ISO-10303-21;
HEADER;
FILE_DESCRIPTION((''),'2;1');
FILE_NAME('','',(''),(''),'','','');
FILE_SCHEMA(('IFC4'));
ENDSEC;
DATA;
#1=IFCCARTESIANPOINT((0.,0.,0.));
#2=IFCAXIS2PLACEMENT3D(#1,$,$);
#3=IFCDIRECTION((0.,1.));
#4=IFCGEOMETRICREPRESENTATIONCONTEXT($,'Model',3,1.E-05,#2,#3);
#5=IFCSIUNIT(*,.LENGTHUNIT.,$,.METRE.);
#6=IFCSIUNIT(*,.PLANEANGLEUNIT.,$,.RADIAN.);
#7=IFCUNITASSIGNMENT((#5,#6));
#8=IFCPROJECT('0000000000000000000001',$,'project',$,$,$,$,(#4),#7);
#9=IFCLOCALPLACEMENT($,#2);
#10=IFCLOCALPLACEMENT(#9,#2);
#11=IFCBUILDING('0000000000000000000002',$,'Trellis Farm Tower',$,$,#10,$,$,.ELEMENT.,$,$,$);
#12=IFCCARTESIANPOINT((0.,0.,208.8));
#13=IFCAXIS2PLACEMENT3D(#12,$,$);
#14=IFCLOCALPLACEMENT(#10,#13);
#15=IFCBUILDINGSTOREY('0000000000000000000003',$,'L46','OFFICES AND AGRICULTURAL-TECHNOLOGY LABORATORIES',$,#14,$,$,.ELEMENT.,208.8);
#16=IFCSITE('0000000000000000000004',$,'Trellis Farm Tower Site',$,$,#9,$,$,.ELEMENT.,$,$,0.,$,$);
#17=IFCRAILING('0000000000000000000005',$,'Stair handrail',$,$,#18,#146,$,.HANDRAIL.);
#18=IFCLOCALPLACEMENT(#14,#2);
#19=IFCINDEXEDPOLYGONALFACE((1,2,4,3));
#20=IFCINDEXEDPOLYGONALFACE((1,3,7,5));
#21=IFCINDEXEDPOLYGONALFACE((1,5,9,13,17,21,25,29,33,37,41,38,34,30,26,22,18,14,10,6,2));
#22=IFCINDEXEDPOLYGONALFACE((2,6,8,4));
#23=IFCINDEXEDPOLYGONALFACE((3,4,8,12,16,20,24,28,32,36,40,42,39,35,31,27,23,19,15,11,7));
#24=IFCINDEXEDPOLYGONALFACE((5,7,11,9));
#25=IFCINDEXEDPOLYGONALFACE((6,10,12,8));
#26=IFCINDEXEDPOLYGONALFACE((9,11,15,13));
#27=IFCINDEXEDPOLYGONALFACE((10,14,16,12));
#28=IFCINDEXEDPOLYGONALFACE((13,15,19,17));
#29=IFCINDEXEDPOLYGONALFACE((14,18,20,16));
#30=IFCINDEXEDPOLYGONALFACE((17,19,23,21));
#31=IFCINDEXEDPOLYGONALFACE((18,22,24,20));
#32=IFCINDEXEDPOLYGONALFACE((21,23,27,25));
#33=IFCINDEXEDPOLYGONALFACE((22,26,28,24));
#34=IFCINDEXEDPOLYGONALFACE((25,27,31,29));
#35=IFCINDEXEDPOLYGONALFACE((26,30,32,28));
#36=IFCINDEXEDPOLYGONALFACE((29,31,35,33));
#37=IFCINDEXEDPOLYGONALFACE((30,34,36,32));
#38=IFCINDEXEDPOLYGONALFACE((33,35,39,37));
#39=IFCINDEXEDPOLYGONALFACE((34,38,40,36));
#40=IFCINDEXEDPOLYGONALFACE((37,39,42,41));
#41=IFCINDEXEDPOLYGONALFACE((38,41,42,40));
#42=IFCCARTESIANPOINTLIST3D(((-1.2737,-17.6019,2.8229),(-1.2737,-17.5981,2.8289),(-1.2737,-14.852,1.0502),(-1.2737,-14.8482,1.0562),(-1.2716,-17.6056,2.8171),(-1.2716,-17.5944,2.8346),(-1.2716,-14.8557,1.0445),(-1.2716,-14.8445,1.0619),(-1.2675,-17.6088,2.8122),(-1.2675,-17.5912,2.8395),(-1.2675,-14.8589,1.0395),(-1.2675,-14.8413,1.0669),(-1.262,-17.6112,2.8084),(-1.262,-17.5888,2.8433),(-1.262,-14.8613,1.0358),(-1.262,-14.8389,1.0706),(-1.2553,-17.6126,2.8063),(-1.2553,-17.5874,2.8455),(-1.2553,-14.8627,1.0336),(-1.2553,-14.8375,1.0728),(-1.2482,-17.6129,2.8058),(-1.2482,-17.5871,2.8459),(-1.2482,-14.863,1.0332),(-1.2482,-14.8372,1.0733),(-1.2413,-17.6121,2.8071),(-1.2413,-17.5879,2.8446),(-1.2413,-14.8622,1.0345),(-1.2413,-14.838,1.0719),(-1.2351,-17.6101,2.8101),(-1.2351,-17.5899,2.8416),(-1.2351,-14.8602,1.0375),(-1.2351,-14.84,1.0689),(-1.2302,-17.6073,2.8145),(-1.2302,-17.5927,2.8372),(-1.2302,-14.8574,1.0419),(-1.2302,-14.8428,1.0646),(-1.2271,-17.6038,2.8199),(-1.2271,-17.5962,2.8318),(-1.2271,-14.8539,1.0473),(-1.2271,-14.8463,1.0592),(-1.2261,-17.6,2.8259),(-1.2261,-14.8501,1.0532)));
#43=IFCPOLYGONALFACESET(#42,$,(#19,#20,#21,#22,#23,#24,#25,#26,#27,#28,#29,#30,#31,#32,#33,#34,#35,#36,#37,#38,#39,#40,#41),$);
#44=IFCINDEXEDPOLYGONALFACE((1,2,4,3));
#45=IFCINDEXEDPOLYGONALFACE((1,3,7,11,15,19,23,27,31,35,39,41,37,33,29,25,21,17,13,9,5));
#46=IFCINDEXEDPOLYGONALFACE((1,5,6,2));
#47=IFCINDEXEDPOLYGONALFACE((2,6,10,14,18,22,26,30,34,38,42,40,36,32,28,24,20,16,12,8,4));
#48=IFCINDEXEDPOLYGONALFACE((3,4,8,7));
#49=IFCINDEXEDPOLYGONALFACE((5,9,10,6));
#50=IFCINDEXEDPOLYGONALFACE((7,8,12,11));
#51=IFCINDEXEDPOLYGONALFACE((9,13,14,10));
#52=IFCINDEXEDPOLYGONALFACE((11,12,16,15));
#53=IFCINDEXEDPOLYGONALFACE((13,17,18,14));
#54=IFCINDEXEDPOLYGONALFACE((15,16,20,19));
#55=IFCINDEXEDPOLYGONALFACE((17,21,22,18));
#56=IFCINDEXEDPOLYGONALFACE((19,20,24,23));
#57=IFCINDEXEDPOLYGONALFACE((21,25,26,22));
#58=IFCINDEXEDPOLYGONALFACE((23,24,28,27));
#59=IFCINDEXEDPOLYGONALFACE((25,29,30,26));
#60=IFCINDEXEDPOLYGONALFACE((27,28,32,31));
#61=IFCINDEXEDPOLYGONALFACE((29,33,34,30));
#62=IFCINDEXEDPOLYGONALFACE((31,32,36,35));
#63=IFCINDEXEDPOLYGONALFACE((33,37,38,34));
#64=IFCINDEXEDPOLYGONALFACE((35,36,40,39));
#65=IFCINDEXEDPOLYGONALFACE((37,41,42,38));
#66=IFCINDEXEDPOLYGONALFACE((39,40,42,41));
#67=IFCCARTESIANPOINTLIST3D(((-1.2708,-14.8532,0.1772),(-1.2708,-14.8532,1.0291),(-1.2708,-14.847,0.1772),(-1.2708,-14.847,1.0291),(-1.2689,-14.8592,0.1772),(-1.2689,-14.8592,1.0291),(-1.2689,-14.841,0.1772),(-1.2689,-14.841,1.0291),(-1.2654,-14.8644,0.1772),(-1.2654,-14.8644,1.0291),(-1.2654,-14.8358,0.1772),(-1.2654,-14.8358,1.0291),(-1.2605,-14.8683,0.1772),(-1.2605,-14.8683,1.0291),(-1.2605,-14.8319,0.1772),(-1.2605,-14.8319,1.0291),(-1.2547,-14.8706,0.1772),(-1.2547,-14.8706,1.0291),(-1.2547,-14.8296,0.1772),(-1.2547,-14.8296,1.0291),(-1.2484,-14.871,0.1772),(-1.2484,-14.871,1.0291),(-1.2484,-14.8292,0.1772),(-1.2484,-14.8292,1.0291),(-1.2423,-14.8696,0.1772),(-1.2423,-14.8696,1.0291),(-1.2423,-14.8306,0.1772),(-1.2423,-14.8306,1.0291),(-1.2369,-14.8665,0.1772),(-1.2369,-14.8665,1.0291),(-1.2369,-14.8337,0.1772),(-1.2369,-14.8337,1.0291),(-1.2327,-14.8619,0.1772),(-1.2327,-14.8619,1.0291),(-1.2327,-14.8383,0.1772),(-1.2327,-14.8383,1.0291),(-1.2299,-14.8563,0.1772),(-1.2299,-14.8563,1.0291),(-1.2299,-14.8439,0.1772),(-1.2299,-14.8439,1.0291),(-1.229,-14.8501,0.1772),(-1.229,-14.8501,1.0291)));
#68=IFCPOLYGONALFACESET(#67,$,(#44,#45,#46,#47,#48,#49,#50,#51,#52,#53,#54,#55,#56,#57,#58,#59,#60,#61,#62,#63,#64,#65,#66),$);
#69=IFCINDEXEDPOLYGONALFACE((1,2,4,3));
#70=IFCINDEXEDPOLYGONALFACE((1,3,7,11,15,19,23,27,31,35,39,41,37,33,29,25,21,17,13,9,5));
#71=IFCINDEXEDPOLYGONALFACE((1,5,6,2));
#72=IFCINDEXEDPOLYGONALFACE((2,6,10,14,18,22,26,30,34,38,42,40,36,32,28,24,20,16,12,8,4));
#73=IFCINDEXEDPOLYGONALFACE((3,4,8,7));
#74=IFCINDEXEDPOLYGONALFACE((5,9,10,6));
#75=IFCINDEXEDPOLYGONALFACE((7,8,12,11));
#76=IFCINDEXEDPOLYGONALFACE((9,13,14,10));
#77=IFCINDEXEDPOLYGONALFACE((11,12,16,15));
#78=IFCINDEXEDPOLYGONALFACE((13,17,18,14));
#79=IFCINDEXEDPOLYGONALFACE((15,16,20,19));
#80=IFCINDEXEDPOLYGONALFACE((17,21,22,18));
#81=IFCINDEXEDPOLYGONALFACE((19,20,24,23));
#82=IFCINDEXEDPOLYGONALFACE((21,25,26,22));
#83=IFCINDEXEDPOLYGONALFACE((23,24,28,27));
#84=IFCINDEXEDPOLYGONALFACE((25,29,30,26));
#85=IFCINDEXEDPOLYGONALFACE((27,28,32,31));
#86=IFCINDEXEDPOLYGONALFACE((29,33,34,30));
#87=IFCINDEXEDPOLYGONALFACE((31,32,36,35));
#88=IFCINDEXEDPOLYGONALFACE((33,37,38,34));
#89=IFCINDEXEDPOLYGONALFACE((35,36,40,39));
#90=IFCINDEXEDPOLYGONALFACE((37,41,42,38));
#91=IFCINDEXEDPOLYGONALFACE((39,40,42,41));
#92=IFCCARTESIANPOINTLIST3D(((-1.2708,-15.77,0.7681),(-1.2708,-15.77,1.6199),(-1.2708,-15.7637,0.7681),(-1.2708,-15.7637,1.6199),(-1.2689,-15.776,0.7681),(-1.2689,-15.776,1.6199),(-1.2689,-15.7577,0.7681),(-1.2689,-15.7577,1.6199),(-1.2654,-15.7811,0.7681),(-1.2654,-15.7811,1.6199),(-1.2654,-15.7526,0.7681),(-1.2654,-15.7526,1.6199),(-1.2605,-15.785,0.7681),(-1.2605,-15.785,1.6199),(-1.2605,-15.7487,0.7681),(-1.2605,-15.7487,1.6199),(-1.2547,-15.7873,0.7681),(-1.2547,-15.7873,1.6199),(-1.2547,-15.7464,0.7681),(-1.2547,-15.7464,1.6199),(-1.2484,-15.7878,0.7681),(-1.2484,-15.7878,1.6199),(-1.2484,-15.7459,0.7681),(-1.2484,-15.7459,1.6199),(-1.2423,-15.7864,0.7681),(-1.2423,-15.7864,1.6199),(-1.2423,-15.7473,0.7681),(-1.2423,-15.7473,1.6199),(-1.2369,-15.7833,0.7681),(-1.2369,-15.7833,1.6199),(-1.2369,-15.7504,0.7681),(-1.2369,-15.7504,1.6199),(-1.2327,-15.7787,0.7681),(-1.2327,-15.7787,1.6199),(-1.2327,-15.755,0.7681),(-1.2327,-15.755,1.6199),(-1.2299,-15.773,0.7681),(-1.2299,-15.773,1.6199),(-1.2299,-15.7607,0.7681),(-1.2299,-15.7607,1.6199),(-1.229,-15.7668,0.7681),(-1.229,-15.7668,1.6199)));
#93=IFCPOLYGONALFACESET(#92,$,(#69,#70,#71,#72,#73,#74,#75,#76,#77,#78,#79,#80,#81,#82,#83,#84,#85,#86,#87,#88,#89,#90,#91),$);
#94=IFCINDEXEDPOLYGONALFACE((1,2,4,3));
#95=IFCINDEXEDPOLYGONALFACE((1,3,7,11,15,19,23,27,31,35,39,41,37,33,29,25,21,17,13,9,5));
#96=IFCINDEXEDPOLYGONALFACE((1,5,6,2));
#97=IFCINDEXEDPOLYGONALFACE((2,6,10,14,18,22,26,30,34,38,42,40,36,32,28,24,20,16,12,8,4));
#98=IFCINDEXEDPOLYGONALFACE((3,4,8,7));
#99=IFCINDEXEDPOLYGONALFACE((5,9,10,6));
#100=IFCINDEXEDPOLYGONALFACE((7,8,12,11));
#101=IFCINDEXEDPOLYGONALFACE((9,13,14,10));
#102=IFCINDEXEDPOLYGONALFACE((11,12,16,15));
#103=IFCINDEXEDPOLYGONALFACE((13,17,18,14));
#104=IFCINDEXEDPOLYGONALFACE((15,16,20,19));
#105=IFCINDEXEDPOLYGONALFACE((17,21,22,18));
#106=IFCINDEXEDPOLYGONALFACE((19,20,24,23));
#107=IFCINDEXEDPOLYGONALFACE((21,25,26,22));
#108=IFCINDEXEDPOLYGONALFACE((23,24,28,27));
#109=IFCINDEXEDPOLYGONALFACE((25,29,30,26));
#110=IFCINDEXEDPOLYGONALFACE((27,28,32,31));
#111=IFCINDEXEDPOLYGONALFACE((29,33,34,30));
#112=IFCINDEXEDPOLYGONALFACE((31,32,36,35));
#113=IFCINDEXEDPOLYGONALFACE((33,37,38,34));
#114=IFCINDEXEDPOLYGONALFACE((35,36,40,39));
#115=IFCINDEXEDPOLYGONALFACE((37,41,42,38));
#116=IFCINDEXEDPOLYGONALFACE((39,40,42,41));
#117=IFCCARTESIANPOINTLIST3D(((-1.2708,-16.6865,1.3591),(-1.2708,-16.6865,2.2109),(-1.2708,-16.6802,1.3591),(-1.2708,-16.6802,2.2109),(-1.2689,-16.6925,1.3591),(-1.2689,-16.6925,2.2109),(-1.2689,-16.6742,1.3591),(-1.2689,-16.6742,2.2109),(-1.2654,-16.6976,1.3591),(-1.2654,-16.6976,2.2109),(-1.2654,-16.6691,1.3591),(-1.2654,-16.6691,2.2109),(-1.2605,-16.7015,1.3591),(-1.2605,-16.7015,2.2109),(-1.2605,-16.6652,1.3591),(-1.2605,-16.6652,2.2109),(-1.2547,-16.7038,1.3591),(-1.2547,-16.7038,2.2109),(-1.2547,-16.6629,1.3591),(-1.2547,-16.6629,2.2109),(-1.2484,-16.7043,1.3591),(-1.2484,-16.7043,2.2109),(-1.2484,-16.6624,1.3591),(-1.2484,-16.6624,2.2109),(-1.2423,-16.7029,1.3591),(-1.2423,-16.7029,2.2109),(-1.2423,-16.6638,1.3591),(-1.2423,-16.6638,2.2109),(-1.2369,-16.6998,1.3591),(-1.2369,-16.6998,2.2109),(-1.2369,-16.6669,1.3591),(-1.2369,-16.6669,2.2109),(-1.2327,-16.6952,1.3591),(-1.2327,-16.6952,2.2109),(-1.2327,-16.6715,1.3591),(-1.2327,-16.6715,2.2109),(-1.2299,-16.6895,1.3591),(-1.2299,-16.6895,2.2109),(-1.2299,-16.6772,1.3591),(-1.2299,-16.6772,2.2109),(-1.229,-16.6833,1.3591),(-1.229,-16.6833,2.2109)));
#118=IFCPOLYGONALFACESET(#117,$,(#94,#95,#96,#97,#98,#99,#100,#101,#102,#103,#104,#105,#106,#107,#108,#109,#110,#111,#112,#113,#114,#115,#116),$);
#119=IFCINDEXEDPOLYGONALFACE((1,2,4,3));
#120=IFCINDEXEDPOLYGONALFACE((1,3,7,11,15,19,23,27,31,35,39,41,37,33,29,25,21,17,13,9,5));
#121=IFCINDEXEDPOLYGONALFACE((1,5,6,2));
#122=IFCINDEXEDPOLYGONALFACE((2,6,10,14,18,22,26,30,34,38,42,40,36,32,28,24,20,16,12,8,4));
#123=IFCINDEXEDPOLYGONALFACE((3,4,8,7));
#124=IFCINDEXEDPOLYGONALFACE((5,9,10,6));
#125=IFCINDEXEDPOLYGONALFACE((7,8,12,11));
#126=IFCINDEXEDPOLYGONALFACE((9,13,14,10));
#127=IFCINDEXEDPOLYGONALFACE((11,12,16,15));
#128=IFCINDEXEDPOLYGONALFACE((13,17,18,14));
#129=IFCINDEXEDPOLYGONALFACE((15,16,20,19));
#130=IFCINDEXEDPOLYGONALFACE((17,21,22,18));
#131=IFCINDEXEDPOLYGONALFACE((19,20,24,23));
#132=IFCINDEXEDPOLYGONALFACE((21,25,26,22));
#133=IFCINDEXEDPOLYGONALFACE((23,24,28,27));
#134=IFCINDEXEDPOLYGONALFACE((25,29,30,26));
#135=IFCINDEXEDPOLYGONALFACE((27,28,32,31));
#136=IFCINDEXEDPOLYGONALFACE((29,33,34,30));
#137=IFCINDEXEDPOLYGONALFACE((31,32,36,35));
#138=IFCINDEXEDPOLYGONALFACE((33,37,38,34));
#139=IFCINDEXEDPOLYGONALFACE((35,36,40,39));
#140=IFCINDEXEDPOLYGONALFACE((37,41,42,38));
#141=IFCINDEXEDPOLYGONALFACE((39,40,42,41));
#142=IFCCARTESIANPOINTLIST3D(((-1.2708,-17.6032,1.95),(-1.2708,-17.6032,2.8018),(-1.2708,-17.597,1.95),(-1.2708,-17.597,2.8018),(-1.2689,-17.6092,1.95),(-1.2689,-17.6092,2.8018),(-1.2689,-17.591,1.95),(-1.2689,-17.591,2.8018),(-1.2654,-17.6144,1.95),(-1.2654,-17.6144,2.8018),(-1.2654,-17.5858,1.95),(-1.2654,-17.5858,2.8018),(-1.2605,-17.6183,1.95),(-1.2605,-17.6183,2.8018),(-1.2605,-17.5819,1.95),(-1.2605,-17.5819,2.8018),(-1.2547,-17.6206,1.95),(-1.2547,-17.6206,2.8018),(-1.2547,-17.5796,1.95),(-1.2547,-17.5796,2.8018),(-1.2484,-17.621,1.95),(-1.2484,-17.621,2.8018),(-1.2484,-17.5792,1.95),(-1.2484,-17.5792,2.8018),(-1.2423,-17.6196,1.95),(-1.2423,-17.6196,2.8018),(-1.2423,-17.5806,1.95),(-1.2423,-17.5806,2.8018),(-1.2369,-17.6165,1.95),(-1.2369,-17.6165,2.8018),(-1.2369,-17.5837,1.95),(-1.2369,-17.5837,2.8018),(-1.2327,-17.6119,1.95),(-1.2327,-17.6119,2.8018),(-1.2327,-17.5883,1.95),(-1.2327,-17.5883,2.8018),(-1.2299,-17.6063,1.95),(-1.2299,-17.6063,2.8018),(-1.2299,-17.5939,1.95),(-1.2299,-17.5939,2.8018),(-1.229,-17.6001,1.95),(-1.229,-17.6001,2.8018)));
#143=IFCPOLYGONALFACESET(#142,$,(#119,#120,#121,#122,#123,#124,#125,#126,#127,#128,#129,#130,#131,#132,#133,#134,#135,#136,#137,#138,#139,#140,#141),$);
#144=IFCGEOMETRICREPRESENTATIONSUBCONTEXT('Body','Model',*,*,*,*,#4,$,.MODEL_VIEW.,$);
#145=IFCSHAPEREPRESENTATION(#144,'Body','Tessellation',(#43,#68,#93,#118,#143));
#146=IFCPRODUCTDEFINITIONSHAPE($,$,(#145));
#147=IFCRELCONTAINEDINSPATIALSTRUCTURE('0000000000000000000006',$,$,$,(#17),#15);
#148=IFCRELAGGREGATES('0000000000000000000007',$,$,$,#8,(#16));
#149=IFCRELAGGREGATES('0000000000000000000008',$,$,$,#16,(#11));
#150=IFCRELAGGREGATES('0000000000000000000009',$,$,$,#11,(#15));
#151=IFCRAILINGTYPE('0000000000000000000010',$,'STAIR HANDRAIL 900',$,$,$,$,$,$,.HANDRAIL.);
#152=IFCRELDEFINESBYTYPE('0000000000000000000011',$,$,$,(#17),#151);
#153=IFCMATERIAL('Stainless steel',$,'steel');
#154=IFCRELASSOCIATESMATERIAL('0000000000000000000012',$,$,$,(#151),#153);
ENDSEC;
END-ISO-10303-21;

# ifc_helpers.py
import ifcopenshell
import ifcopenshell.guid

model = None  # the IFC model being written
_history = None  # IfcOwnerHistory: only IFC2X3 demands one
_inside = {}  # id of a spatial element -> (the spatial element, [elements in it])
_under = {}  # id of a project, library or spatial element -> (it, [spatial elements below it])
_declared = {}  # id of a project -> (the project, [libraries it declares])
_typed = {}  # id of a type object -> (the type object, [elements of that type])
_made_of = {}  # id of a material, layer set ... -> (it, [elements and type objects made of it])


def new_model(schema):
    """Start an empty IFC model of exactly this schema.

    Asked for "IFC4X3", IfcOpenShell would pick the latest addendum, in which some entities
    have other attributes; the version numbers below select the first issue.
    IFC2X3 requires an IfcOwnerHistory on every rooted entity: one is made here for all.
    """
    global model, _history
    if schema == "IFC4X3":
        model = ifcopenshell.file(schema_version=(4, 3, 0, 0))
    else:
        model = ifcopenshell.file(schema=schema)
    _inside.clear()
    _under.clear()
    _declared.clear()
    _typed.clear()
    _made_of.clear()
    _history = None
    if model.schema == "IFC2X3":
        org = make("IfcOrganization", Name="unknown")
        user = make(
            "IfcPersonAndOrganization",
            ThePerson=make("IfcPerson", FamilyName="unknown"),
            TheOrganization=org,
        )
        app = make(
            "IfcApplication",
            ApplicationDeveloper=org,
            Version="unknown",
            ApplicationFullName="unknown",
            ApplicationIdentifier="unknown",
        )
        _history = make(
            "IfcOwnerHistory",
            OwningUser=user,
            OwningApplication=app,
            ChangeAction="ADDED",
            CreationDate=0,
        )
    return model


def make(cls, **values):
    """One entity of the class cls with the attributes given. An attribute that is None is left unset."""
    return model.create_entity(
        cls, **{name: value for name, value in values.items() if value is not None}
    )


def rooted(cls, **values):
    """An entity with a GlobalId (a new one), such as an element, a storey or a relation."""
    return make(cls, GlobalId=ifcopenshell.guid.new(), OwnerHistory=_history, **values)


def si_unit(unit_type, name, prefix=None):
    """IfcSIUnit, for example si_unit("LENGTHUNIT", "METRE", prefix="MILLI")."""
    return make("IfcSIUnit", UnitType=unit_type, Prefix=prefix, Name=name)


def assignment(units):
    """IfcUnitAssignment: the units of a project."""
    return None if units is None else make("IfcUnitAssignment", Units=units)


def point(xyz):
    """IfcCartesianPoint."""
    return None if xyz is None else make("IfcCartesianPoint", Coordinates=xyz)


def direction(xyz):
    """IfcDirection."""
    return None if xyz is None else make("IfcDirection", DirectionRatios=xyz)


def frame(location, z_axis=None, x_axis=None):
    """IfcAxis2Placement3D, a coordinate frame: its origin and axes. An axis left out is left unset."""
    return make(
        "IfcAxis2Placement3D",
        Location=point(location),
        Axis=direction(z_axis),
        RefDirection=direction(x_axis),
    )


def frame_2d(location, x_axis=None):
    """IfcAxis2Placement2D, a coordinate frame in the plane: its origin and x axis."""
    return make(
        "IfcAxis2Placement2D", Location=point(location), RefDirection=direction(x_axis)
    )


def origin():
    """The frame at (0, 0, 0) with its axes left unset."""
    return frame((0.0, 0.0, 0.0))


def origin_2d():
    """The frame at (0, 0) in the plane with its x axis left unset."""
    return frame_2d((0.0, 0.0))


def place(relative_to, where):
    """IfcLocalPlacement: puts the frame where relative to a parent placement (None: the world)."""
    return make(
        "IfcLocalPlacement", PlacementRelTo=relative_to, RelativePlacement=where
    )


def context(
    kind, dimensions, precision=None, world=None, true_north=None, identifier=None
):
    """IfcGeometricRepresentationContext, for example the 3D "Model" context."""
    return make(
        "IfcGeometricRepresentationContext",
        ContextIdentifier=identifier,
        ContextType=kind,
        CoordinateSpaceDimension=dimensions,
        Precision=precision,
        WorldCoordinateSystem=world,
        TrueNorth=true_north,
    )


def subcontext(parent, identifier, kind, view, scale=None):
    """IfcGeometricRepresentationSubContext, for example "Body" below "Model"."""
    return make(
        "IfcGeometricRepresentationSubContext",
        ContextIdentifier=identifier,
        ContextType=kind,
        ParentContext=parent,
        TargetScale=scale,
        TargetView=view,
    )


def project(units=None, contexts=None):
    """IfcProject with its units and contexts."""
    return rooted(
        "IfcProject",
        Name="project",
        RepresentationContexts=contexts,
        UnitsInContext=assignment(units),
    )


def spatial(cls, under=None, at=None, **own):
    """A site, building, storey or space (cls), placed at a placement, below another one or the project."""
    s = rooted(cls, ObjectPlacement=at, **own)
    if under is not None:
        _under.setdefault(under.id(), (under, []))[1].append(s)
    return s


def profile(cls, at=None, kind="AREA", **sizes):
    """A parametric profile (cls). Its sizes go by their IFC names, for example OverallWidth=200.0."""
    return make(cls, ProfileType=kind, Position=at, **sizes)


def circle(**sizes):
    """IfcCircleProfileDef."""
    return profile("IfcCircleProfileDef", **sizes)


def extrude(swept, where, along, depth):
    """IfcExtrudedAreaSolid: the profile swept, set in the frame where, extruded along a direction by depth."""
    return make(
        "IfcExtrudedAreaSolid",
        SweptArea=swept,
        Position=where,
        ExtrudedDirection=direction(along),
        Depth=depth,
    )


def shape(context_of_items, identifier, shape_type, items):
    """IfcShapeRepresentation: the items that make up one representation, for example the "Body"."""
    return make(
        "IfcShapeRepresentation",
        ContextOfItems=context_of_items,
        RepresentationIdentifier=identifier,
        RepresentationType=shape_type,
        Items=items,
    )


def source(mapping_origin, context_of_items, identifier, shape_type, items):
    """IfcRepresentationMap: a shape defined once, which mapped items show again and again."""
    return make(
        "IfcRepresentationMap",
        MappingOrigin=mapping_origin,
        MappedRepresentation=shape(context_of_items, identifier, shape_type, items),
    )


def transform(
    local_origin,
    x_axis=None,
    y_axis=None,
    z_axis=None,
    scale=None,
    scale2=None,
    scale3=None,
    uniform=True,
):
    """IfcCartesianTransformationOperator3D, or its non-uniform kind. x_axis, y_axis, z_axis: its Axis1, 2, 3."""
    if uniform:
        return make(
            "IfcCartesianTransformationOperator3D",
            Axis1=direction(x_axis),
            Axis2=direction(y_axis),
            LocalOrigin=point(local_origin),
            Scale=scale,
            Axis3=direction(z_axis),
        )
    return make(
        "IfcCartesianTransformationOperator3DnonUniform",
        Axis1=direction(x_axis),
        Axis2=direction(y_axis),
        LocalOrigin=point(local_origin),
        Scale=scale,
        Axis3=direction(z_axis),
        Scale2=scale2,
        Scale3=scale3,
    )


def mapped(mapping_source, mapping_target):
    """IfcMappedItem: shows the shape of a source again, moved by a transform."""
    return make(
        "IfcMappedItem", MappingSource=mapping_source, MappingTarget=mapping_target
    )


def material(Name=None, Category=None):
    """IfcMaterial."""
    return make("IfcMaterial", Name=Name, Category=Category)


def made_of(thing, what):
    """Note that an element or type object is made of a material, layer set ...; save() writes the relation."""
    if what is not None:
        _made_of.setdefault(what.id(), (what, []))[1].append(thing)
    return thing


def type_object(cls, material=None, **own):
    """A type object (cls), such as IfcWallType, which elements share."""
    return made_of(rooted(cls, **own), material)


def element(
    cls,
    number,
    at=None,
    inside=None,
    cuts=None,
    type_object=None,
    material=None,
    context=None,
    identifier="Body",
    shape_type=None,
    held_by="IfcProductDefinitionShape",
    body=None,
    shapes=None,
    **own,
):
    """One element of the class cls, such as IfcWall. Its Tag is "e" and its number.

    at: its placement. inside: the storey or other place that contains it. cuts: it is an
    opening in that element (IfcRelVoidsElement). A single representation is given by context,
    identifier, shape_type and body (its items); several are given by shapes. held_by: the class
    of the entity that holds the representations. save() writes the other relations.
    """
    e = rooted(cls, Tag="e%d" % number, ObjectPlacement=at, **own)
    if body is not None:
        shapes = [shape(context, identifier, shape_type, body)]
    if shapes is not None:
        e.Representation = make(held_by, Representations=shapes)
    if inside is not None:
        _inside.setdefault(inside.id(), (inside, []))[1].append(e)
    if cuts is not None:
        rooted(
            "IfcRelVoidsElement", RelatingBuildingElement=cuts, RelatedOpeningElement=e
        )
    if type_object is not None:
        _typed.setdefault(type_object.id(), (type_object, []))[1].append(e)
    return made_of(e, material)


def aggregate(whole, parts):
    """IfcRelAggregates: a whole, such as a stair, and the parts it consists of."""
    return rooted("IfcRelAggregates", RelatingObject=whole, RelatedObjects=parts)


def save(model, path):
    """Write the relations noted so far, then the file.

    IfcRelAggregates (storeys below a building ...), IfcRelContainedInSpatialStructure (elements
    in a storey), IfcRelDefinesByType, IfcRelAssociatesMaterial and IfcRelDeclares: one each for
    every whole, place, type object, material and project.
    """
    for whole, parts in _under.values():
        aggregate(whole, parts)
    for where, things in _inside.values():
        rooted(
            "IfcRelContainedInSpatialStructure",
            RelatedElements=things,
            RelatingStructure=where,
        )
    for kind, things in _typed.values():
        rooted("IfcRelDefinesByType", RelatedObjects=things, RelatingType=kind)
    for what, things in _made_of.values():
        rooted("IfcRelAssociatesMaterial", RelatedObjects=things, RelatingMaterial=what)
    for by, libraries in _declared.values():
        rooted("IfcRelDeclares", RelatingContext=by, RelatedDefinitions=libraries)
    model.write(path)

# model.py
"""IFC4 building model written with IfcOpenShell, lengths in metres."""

from ifc_helpers import new_model, si_unit, direction, frame, origin, origin_2d, place, context, subcontext, project, spatial, circle, extrude, source, transform, mapped, material, type_object, element, save


model = new_model("IFC4")

# Units and contexts
model_context = context("Model", 3, precision=1e-05, world=origin(), true_north=direction((0.0, 1.0)))
body_context = subcontext(model_context, "Body", "Model", "MODEL_VIEW")
ifc_project = project(units=[si_unit("LENGTHUNIT", "METRE"), si_unit("PLANEANGLEUNIT", "RADIAN")], contexts=[model_context])

# Site, building, storey
site_placement = place(None, origin())
site = spatial("IfcSite", under=ifc_project, at=site_placement, Name="Trellis Farm Tower Site", CompositionType="ELEMENT", RefElevation=0.0)
building_placement = place(site_placement, origin())
building = spatial("IfcBuilding", under=site, at=building_placement, Name="Trellis Farm Tower", CompositionType="ELEMENT")
storey_placement = place(building_placement, frame((0.0, 0.0, 208.8)))
storey = spatial("IfcBuildingStorey", under=building, at=storey_placement, Name="L46", Description="OFFICES AND AGRICULTURAL-TECHNOLOGY LABORATORIES", CompositionType="ELEMENT", Elevation=208.8)

# Railing
ifc_material_1 = material(Name="Stainless steel", Category="steel")
railing_type = type_object("IfcRailingType", Name="STAIR HANDRAIL 900", PredefinedType="HANDRAIL", material=ifc_material_1)
shared_shape_1 = source(origin(), body_context, "Body", "SweptSolid", [
    extrude(circle(Radius=0.0239, at=origin_2d()), frame((0.0, 0.0, 0.876), z_axis=(0.0, -0.840504, 0.541806), x_axis=(1.0, 0.0, 0.0)), (0.0, 0.0, 1.0), 3.2717),
    extrude(circle(Radius=0.021, at=origin_2d()), origin(), (0.0, 0.0, 1.0), 0.8518),
    extrude(circle(Radius=0.021, at=origin_2d()), frame((0.0, -0.9167, 0.5908)), (0.0, 0.0, 1.0), 0.8518),
    extrude(circle(Radius=0.021, at=origin_2d()), frame((0.0, -1.8333, 1.1819)), (0.0, 0.0, 1.0), 0.8518),
    extrude(circle(Radius=0.021, at=origin_2d()), frame((0.0, -2.75, 1.7727)), (0.0, 0.0, 1.0), 0.8518),
])
railing_placement = place(storey_placement, frame((-1.25, -14.8501, 0.1772)))
element("IfcRailing", 1, at=railing_placement, inside=storey, type_object=railing_type, Name="Stair handrail", PredefinedType="HANDRAIL", context=body_context, shape_type="MappedRepresentation", body=[
    mapped(shared_shape_1, transform((0.0, 0.0, 0.0))),
])

save(model, "model.ifc")
